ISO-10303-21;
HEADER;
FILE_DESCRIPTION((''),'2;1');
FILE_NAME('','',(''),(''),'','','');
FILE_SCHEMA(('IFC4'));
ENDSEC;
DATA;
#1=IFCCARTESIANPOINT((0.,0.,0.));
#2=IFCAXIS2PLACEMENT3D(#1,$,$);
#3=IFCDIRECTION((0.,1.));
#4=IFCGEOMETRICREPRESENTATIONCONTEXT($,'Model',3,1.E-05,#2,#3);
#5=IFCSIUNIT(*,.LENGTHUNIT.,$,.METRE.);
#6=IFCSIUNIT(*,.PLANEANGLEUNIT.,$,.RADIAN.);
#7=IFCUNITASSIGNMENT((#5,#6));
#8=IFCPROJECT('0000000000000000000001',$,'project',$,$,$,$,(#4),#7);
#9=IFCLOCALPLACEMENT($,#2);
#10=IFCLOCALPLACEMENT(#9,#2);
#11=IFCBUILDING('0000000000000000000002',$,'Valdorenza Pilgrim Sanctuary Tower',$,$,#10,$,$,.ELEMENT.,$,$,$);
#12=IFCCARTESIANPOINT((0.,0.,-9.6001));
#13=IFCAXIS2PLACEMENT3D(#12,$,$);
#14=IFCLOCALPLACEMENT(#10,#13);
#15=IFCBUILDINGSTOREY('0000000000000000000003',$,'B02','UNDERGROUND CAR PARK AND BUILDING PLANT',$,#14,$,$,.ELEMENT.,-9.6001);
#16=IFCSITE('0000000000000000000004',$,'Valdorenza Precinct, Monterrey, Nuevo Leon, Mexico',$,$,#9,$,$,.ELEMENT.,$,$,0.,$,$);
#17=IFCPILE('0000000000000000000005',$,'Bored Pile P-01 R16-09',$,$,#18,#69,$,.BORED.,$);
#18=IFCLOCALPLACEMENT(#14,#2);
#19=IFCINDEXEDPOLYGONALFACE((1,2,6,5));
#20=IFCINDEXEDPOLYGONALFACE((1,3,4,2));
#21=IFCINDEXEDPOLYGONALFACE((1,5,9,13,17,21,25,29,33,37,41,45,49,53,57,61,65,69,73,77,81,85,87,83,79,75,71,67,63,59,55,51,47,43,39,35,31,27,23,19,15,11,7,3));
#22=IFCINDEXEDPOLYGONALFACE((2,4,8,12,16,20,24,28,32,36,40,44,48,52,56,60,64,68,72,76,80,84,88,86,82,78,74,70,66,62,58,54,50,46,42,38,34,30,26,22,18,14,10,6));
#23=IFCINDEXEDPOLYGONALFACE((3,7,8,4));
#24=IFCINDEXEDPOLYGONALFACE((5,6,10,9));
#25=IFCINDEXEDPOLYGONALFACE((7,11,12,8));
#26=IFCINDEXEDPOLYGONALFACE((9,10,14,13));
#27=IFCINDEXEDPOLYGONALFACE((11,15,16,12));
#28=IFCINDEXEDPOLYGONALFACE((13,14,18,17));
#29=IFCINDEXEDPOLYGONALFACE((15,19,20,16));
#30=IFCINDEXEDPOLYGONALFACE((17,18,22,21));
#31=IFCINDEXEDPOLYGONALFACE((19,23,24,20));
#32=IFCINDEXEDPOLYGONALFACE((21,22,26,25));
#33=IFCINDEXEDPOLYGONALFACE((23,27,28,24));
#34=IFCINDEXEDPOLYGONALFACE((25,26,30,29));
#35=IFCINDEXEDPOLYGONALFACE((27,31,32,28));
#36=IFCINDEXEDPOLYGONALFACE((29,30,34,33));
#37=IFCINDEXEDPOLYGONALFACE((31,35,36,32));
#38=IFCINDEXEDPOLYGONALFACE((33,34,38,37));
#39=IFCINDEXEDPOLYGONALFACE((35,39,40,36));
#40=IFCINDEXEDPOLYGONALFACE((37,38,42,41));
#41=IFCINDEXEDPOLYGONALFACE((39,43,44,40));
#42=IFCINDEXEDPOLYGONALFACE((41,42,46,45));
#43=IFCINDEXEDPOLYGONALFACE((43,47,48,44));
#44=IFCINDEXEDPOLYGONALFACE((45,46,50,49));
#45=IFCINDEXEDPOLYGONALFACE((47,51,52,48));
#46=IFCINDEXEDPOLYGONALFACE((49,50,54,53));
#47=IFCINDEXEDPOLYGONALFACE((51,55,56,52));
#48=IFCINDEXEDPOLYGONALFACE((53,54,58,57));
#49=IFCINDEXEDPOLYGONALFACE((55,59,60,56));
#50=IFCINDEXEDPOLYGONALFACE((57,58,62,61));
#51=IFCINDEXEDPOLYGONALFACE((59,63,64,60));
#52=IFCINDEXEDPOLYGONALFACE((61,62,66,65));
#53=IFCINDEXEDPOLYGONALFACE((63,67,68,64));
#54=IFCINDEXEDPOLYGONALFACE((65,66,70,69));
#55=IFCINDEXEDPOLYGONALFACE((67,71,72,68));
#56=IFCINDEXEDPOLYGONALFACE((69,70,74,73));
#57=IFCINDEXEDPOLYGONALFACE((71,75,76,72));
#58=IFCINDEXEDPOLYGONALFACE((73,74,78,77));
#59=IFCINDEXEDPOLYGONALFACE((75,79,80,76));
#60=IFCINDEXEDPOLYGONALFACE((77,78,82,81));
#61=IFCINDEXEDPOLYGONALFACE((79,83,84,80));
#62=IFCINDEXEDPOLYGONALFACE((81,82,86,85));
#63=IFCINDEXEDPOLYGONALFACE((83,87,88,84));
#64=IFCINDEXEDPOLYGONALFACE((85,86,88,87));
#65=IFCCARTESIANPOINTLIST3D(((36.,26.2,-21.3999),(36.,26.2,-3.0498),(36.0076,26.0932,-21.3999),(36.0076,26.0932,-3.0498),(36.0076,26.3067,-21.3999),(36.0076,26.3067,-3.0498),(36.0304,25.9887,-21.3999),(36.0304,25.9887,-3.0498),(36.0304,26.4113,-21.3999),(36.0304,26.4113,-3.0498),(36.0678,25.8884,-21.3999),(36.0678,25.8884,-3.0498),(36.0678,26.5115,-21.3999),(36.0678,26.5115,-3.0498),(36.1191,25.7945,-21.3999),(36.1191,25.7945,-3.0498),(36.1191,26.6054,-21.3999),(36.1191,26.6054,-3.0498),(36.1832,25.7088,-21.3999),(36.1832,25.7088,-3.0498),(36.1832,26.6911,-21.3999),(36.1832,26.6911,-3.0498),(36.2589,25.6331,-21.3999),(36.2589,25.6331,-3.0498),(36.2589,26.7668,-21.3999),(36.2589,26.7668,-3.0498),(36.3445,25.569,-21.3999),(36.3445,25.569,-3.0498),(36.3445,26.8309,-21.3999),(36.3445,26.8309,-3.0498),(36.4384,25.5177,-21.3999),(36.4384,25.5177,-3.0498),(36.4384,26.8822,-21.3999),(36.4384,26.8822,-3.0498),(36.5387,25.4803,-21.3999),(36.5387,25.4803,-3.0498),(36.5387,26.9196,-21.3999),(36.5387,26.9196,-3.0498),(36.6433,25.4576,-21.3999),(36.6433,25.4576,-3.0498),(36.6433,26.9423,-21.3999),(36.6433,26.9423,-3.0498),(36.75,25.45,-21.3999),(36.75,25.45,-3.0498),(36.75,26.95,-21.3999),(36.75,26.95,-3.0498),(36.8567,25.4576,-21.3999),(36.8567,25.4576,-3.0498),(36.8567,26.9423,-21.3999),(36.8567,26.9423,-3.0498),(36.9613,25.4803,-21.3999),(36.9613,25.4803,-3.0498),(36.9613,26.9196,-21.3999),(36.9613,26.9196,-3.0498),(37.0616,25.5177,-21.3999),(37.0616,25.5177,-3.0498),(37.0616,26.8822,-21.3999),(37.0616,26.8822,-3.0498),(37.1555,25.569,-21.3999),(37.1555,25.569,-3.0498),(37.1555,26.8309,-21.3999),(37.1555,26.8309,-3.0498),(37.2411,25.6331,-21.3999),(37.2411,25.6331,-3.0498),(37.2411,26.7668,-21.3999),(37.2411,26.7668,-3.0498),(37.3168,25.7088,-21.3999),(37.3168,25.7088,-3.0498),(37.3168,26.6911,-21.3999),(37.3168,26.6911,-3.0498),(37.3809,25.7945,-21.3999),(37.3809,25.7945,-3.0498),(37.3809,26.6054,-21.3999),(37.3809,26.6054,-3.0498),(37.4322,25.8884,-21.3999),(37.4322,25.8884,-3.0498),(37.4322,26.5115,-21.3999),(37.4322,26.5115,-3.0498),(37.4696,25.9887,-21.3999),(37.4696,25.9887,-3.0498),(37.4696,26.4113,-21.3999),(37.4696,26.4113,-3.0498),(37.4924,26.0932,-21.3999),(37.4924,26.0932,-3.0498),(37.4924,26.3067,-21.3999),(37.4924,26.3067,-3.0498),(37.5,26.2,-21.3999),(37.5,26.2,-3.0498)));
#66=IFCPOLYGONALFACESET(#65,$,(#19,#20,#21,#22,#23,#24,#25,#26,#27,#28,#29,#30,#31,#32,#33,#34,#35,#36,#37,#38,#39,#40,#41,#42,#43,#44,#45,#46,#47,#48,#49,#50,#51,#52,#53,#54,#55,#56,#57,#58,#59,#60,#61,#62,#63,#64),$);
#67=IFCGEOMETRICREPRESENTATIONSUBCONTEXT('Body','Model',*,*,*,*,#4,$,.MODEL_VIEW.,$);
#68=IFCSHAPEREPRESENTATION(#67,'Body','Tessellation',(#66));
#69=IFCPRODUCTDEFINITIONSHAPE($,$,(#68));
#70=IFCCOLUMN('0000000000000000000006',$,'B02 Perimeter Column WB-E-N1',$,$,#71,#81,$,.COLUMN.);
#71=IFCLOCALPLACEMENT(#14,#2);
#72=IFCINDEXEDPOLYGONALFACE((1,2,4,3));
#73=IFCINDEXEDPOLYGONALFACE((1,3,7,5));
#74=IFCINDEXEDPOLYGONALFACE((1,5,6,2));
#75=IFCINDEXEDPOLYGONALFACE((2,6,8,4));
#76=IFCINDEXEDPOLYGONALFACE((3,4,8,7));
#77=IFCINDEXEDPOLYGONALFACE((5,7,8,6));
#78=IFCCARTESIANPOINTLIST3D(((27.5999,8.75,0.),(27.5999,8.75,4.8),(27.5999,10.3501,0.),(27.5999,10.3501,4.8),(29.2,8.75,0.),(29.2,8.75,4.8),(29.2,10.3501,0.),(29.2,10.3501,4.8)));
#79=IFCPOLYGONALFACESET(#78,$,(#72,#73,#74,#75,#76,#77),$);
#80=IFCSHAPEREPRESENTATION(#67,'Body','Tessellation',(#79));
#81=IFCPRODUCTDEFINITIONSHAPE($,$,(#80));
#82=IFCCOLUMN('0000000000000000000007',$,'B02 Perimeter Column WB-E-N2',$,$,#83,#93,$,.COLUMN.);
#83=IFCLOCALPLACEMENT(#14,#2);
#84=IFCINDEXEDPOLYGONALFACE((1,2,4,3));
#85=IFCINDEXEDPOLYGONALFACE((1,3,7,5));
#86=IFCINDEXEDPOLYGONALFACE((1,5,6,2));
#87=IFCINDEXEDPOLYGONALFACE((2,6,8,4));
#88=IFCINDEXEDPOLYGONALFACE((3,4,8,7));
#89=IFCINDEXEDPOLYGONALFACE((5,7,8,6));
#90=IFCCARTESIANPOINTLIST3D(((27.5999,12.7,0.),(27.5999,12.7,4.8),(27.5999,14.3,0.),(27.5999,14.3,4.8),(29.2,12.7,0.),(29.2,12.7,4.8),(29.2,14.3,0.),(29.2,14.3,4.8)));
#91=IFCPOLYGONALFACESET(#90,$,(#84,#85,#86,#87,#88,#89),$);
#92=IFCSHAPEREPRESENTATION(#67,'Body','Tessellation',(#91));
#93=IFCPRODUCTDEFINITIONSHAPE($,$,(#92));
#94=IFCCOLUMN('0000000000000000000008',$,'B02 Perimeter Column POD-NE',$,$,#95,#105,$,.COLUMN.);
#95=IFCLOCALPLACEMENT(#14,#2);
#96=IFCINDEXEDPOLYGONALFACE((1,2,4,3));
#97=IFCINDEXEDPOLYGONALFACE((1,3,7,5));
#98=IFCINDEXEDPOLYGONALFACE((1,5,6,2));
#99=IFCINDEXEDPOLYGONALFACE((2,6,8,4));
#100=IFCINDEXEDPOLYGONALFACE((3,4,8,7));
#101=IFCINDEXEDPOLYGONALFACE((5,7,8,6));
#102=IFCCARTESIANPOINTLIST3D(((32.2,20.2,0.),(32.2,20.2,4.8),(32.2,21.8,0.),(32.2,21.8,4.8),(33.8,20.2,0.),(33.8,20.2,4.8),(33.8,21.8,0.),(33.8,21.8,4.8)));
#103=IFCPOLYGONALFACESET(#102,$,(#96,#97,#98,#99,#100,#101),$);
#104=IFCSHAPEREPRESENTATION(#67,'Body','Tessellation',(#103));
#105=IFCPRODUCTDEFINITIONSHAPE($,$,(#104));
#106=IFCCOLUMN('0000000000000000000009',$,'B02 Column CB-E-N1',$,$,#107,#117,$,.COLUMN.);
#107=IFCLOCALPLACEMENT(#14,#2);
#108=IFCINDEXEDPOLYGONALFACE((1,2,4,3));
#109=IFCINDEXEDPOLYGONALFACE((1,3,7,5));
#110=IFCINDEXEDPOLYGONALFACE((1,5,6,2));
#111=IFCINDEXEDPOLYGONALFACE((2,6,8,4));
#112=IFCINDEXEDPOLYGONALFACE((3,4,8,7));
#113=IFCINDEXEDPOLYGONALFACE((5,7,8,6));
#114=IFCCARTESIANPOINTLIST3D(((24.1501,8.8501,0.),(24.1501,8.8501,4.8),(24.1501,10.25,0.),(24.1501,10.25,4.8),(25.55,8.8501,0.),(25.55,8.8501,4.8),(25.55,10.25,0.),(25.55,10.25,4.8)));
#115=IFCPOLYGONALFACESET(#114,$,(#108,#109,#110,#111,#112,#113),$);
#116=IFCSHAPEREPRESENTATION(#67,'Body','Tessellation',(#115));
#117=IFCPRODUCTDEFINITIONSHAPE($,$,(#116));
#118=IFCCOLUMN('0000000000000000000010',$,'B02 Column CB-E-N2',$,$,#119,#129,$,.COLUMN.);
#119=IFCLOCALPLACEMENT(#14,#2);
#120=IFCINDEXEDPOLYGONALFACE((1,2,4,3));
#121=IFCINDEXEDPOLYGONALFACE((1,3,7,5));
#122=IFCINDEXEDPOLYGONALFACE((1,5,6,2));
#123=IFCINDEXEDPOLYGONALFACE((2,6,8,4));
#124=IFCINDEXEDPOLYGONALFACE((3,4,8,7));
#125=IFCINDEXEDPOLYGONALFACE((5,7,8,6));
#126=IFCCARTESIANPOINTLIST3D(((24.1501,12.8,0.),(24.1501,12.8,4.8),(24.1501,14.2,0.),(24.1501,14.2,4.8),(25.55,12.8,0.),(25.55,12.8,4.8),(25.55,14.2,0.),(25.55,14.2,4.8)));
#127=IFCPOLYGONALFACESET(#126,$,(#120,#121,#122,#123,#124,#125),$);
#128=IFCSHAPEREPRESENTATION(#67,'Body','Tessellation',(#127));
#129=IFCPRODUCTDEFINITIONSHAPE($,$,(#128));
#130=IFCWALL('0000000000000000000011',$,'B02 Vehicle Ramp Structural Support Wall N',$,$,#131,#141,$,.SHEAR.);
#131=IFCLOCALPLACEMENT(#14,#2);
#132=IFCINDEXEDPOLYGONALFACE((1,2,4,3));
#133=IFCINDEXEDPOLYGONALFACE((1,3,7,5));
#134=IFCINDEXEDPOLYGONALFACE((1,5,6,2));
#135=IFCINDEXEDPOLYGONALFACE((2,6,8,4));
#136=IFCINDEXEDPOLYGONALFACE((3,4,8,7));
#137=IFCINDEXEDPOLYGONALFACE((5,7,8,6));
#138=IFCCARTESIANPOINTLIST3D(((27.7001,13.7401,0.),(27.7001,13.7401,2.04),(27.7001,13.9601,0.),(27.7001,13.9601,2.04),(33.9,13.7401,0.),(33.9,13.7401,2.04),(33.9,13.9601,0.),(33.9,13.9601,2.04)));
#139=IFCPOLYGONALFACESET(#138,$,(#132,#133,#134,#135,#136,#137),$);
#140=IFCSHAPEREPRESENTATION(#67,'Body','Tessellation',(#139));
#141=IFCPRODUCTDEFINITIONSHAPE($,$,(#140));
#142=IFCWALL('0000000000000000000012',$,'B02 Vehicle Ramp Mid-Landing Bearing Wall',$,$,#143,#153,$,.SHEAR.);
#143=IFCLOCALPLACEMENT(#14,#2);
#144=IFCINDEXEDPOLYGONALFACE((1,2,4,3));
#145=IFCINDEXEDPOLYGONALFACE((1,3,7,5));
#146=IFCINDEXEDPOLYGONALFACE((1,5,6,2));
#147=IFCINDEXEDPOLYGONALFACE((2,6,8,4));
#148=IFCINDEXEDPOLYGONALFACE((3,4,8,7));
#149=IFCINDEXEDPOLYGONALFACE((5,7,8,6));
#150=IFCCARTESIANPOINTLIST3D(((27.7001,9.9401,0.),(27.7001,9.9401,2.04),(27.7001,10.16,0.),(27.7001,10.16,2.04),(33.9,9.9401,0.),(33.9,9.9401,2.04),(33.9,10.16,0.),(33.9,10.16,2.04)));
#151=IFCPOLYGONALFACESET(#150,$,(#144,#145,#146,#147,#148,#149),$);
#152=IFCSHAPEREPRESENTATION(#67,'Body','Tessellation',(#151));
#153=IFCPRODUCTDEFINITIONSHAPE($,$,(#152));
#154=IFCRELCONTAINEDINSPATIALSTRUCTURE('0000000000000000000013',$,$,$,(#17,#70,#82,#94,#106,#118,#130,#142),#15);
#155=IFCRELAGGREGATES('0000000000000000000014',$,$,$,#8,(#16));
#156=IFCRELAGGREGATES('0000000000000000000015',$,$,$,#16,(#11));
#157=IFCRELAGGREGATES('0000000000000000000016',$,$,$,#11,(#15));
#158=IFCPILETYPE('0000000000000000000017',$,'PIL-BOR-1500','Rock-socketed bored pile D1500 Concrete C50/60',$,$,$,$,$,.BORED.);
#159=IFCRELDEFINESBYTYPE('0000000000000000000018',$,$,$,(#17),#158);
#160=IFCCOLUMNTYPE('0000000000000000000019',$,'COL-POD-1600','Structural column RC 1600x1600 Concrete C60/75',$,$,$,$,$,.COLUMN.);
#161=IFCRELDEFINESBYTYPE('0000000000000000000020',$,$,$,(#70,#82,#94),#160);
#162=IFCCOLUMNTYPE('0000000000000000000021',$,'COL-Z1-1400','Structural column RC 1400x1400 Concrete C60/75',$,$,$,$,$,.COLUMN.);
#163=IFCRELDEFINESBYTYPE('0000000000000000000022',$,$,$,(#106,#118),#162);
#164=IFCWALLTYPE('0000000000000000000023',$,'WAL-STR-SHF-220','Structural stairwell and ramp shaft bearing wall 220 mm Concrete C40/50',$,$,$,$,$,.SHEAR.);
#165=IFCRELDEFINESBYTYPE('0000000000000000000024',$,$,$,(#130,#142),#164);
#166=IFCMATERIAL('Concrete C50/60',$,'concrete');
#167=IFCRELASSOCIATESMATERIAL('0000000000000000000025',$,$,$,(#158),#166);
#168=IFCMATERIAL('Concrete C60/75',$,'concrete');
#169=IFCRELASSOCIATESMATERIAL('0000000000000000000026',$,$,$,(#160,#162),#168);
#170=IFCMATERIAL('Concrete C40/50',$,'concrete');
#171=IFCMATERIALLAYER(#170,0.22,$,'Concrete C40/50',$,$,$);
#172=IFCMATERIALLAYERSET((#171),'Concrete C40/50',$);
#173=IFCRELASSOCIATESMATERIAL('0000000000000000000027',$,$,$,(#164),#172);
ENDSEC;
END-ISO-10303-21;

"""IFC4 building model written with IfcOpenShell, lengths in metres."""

from ifc_helpers import new_model, si_unit, direction, frame, frame_2d, origin, origin_2d, place, context, subcontext, project, spatial, rectangle, circle, extrude, source, transform, mapped, material, layer, layer_set, material_profile, profile_set, type_object, element, save


model = new_model("IFC4")

# Units and contexts
model_context = context("Model", 3, precision=1e-05, world=origin(), true_north=direction((0.0, 1.0)))
body_context = subcontext(model_context, "Body", "Model", "MODEL_VIEW")
ifc_project = project(units=[si_unit("LENGTHUNIT", "METRE"), si_unit("PLANEANGLEUNIT", "RADIAN")], contexts=[model_context])

# Site, building, storey
site_placement = place(None, origin())
site = spatial("IfcSite", under=ifc_project, at=site_placement, Name="Valdorenza Precinct, Monterrey, Nuevo Leon, Mexico", CompositionType="ELEMENT", RefElevation=0.0)
building_placement = place(site_placement, origin())
building = spatial("IfcBuilding", under=site, at=building_placement, Name="Valdorenza Pilgrim Sanctuary Tower", CompositionType="ELEMENT")
storey_placement = place(building_placement, frame((0.0, 0.0, -9.6001)))
storey = spatial("IfcBuildingStorey", under=building, at=storey_placement, Name="B02", Description="UNDERGROUND CAR PARK AND BUILDING PLANT", CompositionType="ELEMENT", Elevation=-9.6001)

# Pile
ifc_material_1 = material(Name="Concrete C50/60", Category="concrete")
ifc_material_profile_1 = material_profile(ifc_material_1, circle(Radius=0.75, at=origin_2d()), Name="BORED PILE 1500")
ifc_profile_set_1 = profile_set([ifc_material_profile_1], Name="Concrete C50/60")
pile_type = type_object("IfcPileType", Name="PIL-BOR-1500", Description="Rock-socketed bored pile D1500 Concrete C50/60", PredefinedType="BORED", material=ifc_profile_set_1)
shared_shape_1 = source(origin(), body_context, "Body", "SweptSolid", [
    extrude(circle(Radius=0.75, at=origin_2d()), origin(), (0.0, 0.0, 1.0), 18.3501),
])
for number, where, z_axis, x_axis, name in (
    (1, (36.75, 26.2, -3.0498), (0.0, 0.0, -1.0), (1.0, 0.0, 0.0), "Bored Pile P-01 R16-09"),
):
    element("IfcPile", number, at=place(storey_placement, frame(where, z_axis=z_axis, x_axis=x_axis)), inside=storey, type_object=pile_type, Name=name, PredefinedType="BORED", context=body_context, shape_type="MappedRepresentation", body=[
        mapped(shared_shape_1, transform((0.0, 0.0, 0.0), x_axis=(1.0, 0.0, 0.0), y_axis=(0.0, 1.0, 0.0), z_axis=(0.0, 0.0, 1.0), scale=1.0)),
    ])

# Columns
ifc_material_2 = material(Name="Concrete C60/75", Category="concrete")
ifc_material_profile_2 = material_profile(ifc_material_2, rectangle(XDim=1.6001, YDim=1.6001, at=origin_2d()), Name="RC 1600x1600")
ifc_profile_set_2 = profile_set([ifc_material_profile_2], Name="Concrete C60/75")
column_type_1 = type_object("IfcColumnType", Name="COL-POD-1600", Description="Structural column RC 1600x1600 Concrete C60/75", PredefinedType="COLUMN", material=ifc_profile_set_2)
shared_shape_2 = source(origin(), body_context, "Body", "SweptSolid", [
    extrude(rectangle(XDim=1.6001, YDim=1.6001, at=origin_2d()), origin(), (0.0, 0.0, 1.0), 4.8),
])
for number, where, z_axis, x_axis, name in (
    (2, (28.3999, 9.55, 0.0), (0.0, 0.0, 1.0), (1.0, 0.0, 0.0), "B02 Perimeter Column WB-E-N1"),
    (3, (28.3999, 13.5, 0.0), (0.0, 0.0, 1.0), (1.0, 0.0, 0.0), "B02 Perimeter Column WB-E-N2"),
    (4, (33.0, 21.0, 0.0), (0.0, 0.0, 1.0), (1.0, 0.0, 0.0), "B02 Perimeter Column POD-NE"),
):
    element("IfcColumn", number, at=place(storey_placement, frame(where, z_axis=z_axis, x_axis=x_axis)), inside=storey, type_object=column_type_1, Name=name, PredefinedType="COLUMN", context=body_context, shape_type="MappedRepresentation", body=[
        mapped(shared_shape_2, transform((0.0, 0.0, 0.0), x_axis=(1.0, 0.0, 0.0), y_axis=(0.0, 1.0, 0.0), z_axis=(0.0, 0.0, 1.0), scale=1.0)),
    ])
ifc_material_profile_3 = material_profile(ifc_material_2, rectangle(XDim=1.3999, YDim=1.3999, at=origin_2d()), Name="RC 1400x1400")
ifc_profile_set_3 = profile_set([ifc_material_profile_3], Name="Concrete C60/75")
column_type_2 = type_object("IfcColumnType", Name="COL-Z1-1400", Description="Structural column RC 1400x1400 Concrete C60/75", PredefinedType="COLUMN", material=ifc_profile_set_3)
shared_shape_3 = source(origin(), body_context, "Body", "SweptSolid", [
    extrude(rectangle(XDim=1.3999, YDim=1.3999, at=origin_2d()), origin(), (0.0, 0.0, 1.0), 4.8),
])
for number, where, z_axis, x_axis, name in (
    (5, (24.8501, 9.55, 0.0), (0.0, 0.0, 1.0), (1.0, 0.0, 0.0), "B02 Column CB-E-N1"),
    (6, (24.8501, 13.5, 0.0), (0.0, 0.0, 1.0), (1.0, 0.0, 0.0), "B02 Column CB-E-N2"),
):
    element("IfcColumn", number, at=place(storey_placement, frame(where, z_axis=z_axis, x_axis=x_axis)), inside=storey, type_object=column_type_2, Name=name, PredefinedType="COLUMN", context=body_context, shape_type="MappedRepresentation", body=[
        mapped(shared_shape_3, transform((0.0, 0.0, 0.0), x_axis=(1.0, 0.0, 0.0), y_axis=(0.0, 1.0, 0.0), z_axis=(0.0, 0.0, 1.0), scale=1.0)),
    ])

# Walls
ifc_material_3 = material(Name="Concrete C40/50", Category="concrete")
ifc_layer = layer(ifc_material_3, 0.22, Name="Concrete C40/50")
ifc_layer_set = layer_set([ifc_layer], Name="Concrete C40/50")
wall_type = type_object("IfcWallType", Name="WAL-STR-SHF-220", Description="Structural stairwell and ramp shaft bearing wall 220 mm Concrete C40/50", PredefinedType="SHEAR", material=ifc_layer_set)
for number, where, z_axis, x_axis, name in (
    (7, (27.7, 13.8501, 0.0), (0.0, 0.0, 1.0), (1.0, 0.0, 0.0), "B02 Vehicle Ramp Structural Support Wall N"),
    (8, (27.7, 10.05, 0.0), (0.0, 0.0, 1.0), (1.0, 0.0, 0.0), "B02 Vehicle Ramp Mid-Landing Bearing Wall"),
):
    element("IfcWall", number, at=place(storey_placement, frame(where, z_axis=z_axis, x_axis=x_axis)), inside=storey, type_object=wall_type, Name=name, PredefinedType="SHEAR", context=body_context, shape_type="SweptSolid", body=[
        extrude(rectangle(XDim=6.2, YDim=0.22, at=frame_2d((3.1001, 0.0))), origin(), (0.0, 0.0, 1.0), 2.04),
    ])

save(model, "model.ifc")
